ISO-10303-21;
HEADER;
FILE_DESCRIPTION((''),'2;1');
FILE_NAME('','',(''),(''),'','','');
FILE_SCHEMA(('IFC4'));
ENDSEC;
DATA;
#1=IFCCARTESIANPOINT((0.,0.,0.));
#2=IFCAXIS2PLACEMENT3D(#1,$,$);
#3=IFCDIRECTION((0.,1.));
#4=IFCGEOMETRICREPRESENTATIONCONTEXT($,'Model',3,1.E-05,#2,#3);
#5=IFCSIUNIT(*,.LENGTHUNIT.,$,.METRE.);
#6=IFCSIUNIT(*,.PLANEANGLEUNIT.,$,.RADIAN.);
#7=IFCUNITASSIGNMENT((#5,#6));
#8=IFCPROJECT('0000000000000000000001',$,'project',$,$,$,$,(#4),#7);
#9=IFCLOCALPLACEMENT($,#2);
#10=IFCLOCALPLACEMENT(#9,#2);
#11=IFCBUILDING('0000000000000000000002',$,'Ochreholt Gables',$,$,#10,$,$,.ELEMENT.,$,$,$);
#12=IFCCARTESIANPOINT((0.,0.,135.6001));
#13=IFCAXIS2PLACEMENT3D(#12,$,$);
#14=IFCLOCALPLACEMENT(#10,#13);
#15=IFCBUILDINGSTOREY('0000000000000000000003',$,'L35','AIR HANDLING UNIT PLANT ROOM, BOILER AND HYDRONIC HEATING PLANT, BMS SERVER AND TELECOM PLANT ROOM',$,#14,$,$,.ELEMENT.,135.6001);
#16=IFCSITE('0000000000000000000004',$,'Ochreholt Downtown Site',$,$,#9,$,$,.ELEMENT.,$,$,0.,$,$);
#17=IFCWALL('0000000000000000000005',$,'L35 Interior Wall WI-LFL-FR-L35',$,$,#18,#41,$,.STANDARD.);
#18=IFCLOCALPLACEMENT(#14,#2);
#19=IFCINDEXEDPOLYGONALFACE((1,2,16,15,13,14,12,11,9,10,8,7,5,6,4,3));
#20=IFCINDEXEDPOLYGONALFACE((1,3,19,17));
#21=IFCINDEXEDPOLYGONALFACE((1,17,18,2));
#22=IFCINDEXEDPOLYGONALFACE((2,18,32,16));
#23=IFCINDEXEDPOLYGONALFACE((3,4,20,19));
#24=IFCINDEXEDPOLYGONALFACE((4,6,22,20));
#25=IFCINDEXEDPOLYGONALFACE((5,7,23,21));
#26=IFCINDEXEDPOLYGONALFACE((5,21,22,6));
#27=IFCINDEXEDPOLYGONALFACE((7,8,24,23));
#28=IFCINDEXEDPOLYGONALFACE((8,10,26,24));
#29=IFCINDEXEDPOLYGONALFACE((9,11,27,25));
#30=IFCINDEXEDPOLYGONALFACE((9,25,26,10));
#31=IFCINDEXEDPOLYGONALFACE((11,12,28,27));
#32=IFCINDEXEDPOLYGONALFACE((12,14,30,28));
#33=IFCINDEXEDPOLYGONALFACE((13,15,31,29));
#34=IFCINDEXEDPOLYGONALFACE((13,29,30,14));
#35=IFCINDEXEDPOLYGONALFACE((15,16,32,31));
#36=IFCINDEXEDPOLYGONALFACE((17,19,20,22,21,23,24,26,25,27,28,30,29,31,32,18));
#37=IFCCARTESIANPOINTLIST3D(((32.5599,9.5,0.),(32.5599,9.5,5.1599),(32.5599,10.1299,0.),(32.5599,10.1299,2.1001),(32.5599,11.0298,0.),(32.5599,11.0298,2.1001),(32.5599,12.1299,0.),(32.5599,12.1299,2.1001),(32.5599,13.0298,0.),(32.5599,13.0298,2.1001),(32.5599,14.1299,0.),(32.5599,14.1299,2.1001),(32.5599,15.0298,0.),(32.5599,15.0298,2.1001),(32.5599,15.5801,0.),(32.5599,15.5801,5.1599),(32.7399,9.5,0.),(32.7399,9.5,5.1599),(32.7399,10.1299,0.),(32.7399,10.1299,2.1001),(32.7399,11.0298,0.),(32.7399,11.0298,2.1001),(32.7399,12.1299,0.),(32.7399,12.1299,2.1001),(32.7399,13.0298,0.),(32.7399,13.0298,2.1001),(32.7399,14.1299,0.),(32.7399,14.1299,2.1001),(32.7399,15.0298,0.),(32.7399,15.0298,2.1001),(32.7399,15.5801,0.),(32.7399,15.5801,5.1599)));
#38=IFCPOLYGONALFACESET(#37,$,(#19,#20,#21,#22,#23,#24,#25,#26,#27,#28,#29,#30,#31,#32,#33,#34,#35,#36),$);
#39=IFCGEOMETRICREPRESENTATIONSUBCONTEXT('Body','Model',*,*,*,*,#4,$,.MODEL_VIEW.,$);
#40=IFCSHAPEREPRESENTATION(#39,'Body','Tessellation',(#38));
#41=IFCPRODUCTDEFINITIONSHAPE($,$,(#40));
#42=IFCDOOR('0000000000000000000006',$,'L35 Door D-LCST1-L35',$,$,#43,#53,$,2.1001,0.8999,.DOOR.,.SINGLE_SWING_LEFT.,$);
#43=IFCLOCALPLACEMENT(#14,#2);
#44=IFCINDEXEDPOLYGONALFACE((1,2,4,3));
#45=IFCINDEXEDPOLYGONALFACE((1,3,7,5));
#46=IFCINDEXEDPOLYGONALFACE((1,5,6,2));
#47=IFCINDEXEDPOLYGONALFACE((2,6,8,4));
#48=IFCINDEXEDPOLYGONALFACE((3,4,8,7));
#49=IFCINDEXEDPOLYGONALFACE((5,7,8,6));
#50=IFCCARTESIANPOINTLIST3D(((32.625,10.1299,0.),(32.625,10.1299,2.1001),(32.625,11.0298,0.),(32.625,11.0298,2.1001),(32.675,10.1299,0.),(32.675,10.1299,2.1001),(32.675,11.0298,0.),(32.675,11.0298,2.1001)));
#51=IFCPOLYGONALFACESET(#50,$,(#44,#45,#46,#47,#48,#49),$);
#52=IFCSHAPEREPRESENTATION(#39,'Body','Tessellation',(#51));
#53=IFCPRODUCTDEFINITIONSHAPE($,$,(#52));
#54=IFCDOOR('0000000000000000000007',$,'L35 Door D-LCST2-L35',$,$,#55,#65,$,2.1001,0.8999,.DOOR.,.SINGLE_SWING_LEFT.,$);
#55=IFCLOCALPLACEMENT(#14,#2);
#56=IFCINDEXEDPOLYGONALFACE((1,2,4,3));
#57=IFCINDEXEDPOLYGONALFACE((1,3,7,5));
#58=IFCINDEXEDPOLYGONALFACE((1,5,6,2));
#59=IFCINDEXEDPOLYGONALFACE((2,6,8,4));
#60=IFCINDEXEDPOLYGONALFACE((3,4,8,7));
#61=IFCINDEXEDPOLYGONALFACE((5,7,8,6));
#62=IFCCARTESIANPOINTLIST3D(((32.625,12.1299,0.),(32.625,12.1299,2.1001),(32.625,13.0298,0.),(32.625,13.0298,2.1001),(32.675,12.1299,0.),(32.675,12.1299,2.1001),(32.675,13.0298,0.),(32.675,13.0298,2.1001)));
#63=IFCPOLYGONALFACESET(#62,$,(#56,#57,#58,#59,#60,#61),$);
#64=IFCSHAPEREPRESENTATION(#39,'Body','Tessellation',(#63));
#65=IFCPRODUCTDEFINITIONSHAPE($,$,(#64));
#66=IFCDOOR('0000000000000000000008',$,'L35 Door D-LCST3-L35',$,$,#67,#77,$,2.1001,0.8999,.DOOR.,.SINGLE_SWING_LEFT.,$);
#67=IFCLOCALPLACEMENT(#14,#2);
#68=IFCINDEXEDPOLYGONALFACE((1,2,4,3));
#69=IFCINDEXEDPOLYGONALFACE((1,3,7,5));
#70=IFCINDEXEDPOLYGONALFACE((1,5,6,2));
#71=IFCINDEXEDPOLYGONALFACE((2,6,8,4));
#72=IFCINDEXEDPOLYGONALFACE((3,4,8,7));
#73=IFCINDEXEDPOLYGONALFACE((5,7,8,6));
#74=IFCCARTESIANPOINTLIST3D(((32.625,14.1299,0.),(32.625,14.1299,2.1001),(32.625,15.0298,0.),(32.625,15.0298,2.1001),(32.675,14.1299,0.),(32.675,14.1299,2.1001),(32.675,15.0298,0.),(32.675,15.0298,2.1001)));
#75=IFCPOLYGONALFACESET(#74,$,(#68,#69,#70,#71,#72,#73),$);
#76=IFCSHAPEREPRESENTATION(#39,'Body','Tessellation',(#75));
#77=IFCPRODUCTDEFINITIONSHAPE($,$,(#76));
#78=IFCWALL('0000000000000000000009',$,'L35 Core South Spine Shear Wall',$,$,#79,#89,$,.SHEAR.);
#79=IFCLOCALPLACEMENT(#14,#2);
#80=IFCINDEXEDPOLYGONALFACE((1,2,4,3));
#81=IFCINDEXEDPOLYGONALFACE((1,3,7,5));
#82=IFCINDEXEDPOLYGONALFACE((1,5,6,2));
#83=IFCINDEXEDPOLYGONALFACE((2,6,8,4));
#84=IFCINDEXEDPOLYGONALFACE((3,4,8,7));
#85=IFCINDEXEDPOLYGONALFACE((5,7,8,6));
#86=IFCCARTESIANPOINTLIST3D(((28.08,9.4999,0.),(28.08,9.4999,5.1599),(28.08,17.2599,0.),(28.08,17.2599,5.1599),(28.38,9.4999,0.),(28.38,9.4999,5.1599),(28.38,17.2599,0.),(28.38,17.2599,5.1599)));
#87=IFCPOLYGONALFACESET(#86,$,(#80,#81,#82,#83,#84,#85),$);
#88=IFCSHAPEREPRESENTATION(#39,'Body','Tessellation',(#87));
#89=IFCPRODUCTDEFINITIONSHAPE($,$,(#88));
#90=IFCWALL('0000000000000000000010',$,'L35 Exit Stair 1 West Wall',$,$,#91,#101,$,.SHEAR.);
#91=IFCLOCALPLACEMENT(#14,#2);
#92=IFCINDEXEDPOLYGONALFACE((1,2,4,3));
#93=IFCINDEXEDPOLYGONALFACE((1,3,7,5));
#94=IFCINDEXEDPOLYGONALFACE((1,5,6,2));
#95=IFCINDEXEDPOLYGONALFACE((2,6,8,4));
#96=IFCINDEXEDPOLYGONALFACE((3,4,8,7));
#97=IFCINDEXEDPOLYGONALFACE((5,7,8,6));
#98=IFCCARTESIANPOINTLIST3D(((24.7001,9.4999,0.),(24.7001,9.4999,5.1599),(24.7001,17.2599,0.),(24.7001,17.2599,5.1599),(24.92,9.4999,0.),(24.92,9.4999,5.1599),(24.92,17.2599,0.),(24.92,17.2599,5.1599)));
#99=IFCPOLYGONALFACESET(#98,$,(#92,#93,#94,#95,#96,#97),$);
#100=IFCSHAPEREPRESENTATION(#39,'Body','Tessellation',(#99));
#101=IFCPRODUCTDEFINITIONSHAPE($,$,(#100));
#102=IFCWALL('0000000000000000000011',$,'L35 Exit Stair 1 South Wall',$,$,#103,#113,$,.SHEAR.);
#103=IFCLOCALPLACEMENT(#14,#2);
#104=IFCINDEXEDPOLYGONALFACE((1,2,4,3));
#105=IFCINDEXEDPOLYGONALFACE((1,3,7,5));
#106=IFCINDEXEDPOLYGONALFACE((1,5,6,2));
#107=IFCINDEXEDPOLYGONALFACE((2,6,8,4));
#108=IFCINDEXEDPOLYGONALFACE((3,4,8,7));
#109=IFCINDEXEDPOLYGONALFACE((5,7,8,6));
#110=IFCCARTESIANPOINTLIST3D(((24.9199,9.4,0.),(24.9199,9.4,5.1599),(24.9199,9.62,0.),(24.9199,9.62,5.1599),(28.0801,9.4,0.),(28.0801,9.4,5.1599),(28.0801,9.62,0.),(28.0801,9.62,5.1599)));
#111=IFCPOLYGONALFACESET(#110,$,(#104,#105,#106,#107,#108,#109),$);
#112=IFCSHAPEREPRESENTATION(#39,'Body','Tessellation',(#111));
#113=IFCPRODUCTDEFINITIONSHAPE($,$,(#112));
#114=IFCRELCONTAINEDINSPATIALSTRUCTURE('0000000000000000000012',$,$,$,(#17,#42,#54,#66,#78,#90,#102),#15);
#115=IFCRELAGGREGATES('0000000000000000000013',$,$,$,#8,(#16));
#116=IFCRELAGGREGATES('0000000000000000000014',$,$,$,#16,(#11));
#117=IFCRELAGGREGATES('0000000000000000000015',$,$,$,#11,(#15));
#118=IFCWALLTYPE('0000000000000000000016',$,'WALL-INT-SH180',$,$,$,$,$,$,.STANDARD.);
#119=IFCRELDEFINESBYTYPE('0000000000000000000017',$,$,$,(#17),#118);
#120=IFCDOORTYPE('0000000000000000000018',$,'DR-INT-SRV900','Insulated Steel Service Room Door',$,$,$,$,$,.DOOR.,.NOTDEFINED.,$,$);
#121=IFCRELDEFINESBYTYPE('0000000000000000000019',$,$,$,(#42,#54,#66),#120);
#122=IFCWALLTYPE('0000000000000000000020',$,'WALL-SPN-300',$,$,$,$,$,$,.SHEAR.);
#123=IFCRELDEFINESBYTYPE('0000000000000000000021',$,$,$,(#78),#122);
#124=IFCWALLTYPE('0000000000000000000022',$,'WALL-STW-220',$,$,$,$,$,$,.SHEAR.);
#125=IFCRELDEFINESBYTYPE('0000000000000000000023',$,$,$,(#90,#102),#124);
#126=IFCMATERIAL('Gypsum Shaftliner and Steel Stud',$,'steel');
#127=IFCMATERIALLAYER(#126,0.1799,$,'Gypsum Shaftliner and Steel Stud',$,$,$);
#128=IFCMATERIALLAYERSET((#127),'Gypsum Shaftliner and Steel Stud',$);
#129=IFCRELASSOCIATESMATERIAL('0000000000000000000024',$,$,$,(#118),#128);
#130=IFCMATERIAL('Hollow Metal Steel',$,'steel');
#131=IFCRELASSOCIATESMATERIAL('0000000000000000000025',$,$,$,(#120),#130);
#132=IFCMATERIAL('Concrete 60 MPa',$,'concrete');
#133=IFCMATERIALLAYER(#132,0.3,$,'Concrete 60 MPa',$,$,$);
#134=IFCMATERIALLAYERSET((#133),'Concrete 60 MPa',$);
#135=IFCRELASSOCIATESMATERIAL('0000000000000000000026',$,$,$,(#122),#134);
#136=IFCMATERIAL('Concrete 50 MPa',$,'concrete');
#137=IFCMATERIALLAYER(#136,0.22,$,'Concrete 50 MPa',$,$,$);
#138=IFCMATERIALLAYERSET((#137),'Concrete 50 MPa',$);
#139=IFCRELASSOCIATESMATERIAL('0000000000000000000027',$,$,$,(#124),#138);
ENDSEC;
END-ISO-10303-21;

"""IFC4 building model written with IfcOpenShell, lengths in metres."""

from ifc_helpers import new_model, si_unit, direction, frame, frame_2d, origin, place, context, subcontext, project, spatial, rectangle, extrude, material, layer, layer_set, type_object, element, fill, save


model = new_model("IFC4")

# Units and contexts
model_context = context("Model", 3, precision=1e-05, world=origin(), true_north=direction((0.0, 1.0)))
body_context = subcontext(model_context, "Body", "Model", "MODEL_VIEW")
ifc_project = project(units=[si_unit("LENGTHUNIT", "METRE"), si_unit("PLANEANGLEUNIT", "RADIAN")], contexts=[model_context])

# Site, building, storey
site_placement = place(None, origin())
site = spatial("IfcSite", under=ifc_project, at=site_placement, Name="Ochreholt Downtown Site", CompositionType="ELEMENT", RefElevation=0.0)
building_placement = place(site_placement, origin())
building = spatial("IfcBuilding", under=site, at=building_placement, Name="Ochreholt Gables", CompositionType="ELEMENT")
storey_placement = place(building_placement, frame((0.0, 0.0, 135.6001)))
storey = spatial("IfcBuildingStorey", under=building, at=storey_placement, Name="L35", Description="AIR HANDLING UNIT PLANT ROOM, BOILER AND HYDRONIC HEATING PLANT, BMS SERVER AND TELECOM PLANT ROOM", CompositionType="ELEMENT", Elevation=135.6001)

# Shared definitions
ifc_material_1 = material(Name="Concrete 60 MPa", Category="concrete")

# Shared definitions
ifc_material_2 = material(Name="Gypsum Shaftliner and Steel Stud", Category="steel")

# Wall, openings, doors
ifc_layer_1 = layer(ifc_material_2, 0.1799, Name="Gypsum Shaftliner and Steel Stud")
ifc_layer_set_1 = layer_set([ifc_layer_1], Name="Gypsum Shaftliner and Steel Stud")
wall_type_1 = type_object("IfcWallType", Name="WALL-INT-SH180", PredefinedType="STANDARD", material=ifc_layer_set_1)
wall_1_placement = place(storey_placement, frame((32.6499, 9.5, 0.0), z_axis=(0.0, 0.0, 1.0), x_axis=(0.0, 1.0, 0.0)))
wall_1 = element("IfcWall", 1, at=wall_1_placement, inside=storey, type_object=wall_type_1, Name="L35 Interior Wall WI-LFL-FR-L35", PredefinedType="STANDARD", context=body_context, shape_type="SweptSolid", body=[
    extrude(rectangle(XDim=6.0801, YDim=0.1799, at=frame_2d((3.04, 0.0))), origin(), (0.0, 0.0, 1.0), 5.1599),
])
opening_1_placement = place(wall_1_placement, frame((0.6299, 0.0, 0.0)))
opening_1 = element("IfcOpeningElement", 2, at=opening_1_placement, cuts=wall_1, PredefinedType="OPENING", context=body_context, shape_type="SweptSolid", body=[
    extrude(rectangle(XDim=0.8999, YDim=2.1001, at=frame_2d((0.45, 1.05))), frame((0.0, 0.0999, 0.0), z_axis=(0.0, -1.0, 0.0), x_axis=(1.0, 0.0, 0.0)), (0.0, 0.0, 1.0), 0.2),
])
opening_2_placement = place(wall_1_placement, frame((2.6299, 0.0, 0.0)))
opening_2 = element("IfcOpeningElement", 3, at=opening_2_placement, cuts=wall_1, PredefinedType="OPENING", context=body_context, shape_type="SweptSolid", body=[
    extrude(rectangle(XDim=0.8999, YDim=2.1001, at=frame_2d((0.45, 1.05))), frame((0.0, 0.0999, 0.0), z_axis=(0.0, -1.0, 0.0), x_axis=(1.0, 0.0, 0.0)), (0.0, 0.0, 1.0), 0.2),
])
opening_3_placement = place(wall_1_placement, frame((4.6299, 0.0, 0.0)))
opening_3 = element("IfcOpeningElement", 4, at=opening_3_placement, cuts=wall_1, PredefinedType="OPENING", context=body_context, shape_type="SweptSolid", body=[
    extrude(rectangle(XDim=0.8999, YDim=2.1001, at=frame_2d((0.45, 1.05))), frame((0.0, 0.0999, 0.0), z_axis=(0.0, -1.0, 0.0), x_axis=(1.0, 0.0, 0.0)), (0.0, 0.0, 1.0), 0.2),
])
ifc_material_3 = material(Name="Hollow Metal Steel", Category="steel")
door_type = type_object("IfcDoorType", Name="DR-INT-SRV900", Description="Insulated Steel Service Room Door", OperationType="NOTDEFINED", PredefinedType="DOOR", material=ifc_material_3)
door_1_placement = place(opening_1_placement, origin())
door_1 = element("IfcDoor", 5, at=door_1_placement, inside=storey, type_object=door_type, Name="L35 Door D-LCST1-L35", OperationType="SINGLE_SWING_LEFT", OverallHeight=2.1001, OverallWidth=0.8999, PredefinedType="DOOR", context=body_context, shape_type="SweptSolid", body=[
    extrude(rectangle(XDim=0.8999, YDim=2.1001, at=frame_2d((0.45, 1.05))), frame((0.0, 0.0249, 0.0), z_axis=(0.0, -1.0, 0.0), x_axis=(1.0, 0.0, 0.0)), (0.0, 0.0, 1.0), 0.05),
])
fill(opening_1, door_1)
door_2_placement = place(opening_2_placement, origin())
door_2 = element("IfcDoor", 6, at=door_2_placement, inside=storey, type_object=door_type, Name="L35 Door D-LCST2-L35", OperationType="SINGLE_SWING_LEFT", OverallHeight=2.1001, OverallWidth=0.8999, PredefinedType="DOOR", context=body_context, shape_type="SweptSolid", body=[
    extrude(rectangle(XDim=0.8999, YDim=2.1001, at=frame_2d((0.45, 1.05))), frame((0.0, 0.0249, 0.0), z_axis=(0.0, -1.0, 0.0), x_axis=(1.0, 0.0, 0.0)), (0.0, 0.0, 1.0), 0.05),
])
fill(opening_2, door_2)
door_3_placement = place(opening_3_placement, origin())
door_3 = element("IfcDoor", 7, at=door_3_placement, inside=storey, type_object=door_type, Name="L35 Door D-LCST3-L35", OperationType="SINGLE_SWING_LEFT", OverallHeight=2.1001, OverallWidth=0.8999, PredefinedType="DOOR", context=body_context, shape_type="SweptSolid", body=[
    extrude(rectangle(XDim=0.8999, YDim=2.1001, at=frame_2d((0.45, 1.05))), frame((0.0, 0.0249, 0.0), z_axis=(0.0, -1.0, 0.0), x_axis=(1.0, 0.0, 0.0)), (0.0, 0.0, 1.0), 0.05),
])
fill(opening_3, door_3)

# Walls
ifc_layer_2 = layer(ifc_material_1, 0.3, Name="Concrete 60 MPa")
ifc_layer_set_2 = layer_set([ifc_layer_2], Name="Concrete 60 MPa")
wall_type_2 = type_object("IfcWallType", Name="WALL-SPN-300", PredefinedType="SHEAR", material=ifc_layer_set_2)
wall_2_placement = place(storey_placement, frame((28.23, 9.5, 0.0), z_axis=(0.0, 0.0, 1.0), x_axis=(0.0, 1.0, 0.0)))
element("IfcWall", 8, at=wall_2_placement, inside=storey, type_object=wall_type_2, Name="L35 Core South Spine Shear Wall", PredefinedType="SHEAR", context=body_context, shape_type="SweptSolid", body=[
    extrude(rectangle(XDim=7.76, YDim=0.3, at=frame_2d((3.8799, 0.0))), origin(), (0.0, 0.0, 1.0), 5.1599),
])
ifc_material_4 = material(Name="Concrete 50 MPa", Category="concrete")
ifc_layer_3 = layer(ifc_material_4, 0.22, Name="Concrete 50 MPa")
ifc_layer_set_3 = layer_set([ifc_layer_3], Name="Concrete 50 MPa")
wall_type_3 = type_object("IfcWallType", Name="WALL-STW-220", PredefinedType="SHEAR", material=ifc_layer_set_3)
wall_3_placement = place(storey_placement, frame((24.8101, 9.5, 0.0), z_axis=(0.0, 0.0, 1.0), x_axis=(0.0, 1.0, 0.0)))
element("IfcWall", 9, at=wall_3_placement, inside=storey, type_object=wall_type_3, Name="L35 Exit Stair 1 West Wall", PredefinedType="SHEAR", context=body_context, shape_type="SweptSolid", body=[
    extrude(rectangle(XDim=7.76, YDim=0.22, at=frame_2d((3.8799, 0.0))), origin(), (0.0, 0.0, 1.0), 5.1599),
])
wall_4_placement = place(storey_placement, frame((24.9199, 9.51, 0.0), z_axis=(0.0, 0.0, 1.0), x_axis=(1.0, 0.0, 0.0)))
element("IfcWall", 10, at=wall_4_placement, inside=storey, type_object=wall_type_3, Name="L35 Exit Stair 1 South Wall", PredefinedType="SHEAR", context=body_context, shape_type="SweptSolid", body=[
    extrude(rectangle(XDim=3.1602, YDim=0.22, at=frame_2d((1.5801, 0.0))), origin(), (0.0, 0.0, 1.0), 5.1599),
])

save(model, "model.ifc")
